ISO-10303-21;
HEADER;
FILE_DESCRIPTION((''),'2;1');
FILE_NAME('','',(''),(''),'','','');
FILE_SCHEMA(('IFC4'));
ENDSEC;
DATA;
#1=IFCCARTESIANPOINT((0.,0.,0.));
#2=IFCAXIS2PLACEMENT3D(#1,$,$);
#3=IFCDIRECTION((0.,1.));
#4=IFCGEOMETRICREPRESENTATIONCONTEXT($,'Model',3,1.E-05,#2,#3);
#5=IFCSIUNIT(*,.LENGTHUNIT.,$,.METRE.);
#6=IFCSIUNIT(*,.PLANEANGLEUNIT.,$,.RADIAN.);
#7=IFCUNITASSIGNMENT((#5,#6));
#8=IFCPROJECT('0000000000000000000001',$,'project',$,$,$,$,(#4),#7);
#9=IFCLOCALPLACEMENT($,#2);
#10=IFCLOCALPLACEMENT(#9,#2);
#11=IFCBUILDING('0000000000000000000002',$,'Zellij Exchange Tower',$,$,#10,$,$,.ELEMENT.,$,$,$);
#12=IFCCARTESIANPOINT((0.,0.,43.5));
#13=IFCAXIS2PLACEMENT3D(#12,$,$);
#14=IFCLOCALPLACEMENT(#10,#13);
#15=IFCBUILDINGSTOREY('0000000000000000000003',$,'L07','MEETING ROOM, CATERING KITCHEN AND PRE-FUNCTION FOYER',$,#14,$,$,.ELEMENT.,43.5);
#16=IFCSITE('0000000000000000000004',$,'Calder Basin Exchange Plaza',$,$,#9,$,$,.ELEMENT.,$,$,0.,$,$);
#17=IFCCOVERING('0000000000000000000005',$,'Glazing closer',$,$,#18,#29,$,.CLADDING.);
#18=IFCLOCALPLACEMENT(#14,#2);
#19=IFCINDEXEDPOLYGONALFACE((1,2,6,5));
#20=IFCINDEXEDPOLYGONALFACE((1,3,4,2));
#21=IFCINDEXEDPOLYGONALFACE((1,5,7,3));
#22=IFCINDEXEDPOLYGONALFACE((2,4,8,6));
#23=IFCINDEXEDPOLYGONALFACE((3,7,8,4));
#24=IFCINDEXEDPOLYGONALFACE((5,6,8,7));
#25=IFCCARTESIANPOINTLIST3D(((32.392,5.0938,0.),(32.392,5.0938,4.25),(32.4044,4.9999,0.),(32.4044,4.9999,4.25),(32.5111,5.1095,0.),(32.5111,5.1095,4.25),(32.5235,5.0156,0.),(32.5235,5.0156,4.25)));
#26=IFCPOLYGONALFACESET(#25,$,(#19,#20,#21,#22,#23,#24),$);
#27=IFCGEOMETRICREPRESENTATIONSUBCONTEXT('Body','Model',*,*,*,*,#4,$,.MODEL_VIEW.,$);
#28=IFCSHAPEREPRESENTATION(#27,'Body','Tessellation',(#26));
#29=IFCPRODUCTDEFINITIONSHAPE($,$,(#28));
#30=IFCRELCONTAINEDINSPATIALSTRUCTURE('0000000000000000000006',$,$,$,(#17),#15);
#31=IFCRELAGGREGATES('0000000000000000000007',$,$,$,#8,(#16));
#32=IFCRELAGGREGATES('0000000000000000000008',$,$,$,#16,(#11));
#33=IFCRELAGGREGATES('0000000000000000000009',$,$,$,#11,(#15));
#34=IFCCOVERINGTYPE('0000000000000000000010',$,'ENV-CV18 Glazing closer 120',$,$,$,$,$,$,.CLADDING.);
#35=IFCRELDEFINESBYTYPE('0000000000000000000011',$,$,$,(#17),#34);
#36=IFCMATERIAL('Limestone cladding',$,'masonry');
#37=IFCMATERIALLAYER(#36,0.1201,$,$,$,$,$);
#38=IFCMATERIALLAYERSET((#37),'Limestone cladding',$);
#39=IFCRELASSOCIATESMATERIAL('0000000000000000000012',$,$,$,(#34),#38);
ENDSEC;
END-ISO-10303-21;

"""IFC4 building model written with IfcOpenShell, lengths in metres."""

from ifc_helpers import new_model, si_unit, direction, frame, origin, origin_2d, place, context, subcontext, project, spatial, rectangle, extrude, material, layer, layer_set, type_object, element, save


model = new_model("IFC4")

# Units and contexts
model_context = context("Model", 3, precision=1e-05, world=origin(), true_north=direction((0.0, 1.0)))
body_context = subcontext(model_context, "Body", "Model", "MODEL_VIEW")
ifc_project = project(units=[si_unit("LENGTHUNIT", "METRE"), si_unit("PLANEANGLEUNIT", "RADIAN")], contexts=[model_context])

# Site, building, storey
site_placement = place(None, origin())
site = spatial("IfcSite", under=ifc_project, at=site_placement, Name="Calder Basin Exchange Plaza", CompositionType="ELEMENT", RefElevation=0.0)
building_placement = place(site_placement, origin())
building = spatial("IfcBuilding", under=site, at=building_placement, Name="Zellij Exchange Tower", CompositionType="ELEMENT")
storey_placement = place(building_placement, frame((0.0, 0.0, 43.5)))
storey = spatial("IfcBuildingStorey", under=building, at=storey_placement, Name="L07", Description="MEETING ROOM, CATERING KITCHEN AND PRE-FUNCTION FOYER", CompositionType="ELEMENT", Elevation=43.5)

# Covering
ifc_material_1 = material(Name="Limestone cladding", Category="masonry")
ifc_layer_1 = layer(ifc_material_1, 0.1201)
ifc_layer_set_1 = layer_set([ifc_layer_1], Name="Limestone cladding")
covering_type = type_object("IfcCoveringType", Name="ENV-CV18 Glazing closer 120", PredefinedType="CLADDING", material=ifc_layer_set_1)
covering_1_placement = place(storey_placement, frame((32.4578, 5.0547, 0.0), z_axis=(0.0, 0.0, 1.0), x_axis=(0.130499, -0.991449, 0.0)))
element("IfcCovering", 1, at=covering_1_placement, inside=storey, type_object=covering_type, Name="Glazing closer", PredefinedType="CLADDING", context=body_context, shape_type="SweptSolid", body=[
    extrude(rectangle(XDim=0.0947, YDim=0.1201, at=origin_2d()), origin(), (0.0, 0.0, 1.0), 4.25),
])

save(model, "model.ifc")
